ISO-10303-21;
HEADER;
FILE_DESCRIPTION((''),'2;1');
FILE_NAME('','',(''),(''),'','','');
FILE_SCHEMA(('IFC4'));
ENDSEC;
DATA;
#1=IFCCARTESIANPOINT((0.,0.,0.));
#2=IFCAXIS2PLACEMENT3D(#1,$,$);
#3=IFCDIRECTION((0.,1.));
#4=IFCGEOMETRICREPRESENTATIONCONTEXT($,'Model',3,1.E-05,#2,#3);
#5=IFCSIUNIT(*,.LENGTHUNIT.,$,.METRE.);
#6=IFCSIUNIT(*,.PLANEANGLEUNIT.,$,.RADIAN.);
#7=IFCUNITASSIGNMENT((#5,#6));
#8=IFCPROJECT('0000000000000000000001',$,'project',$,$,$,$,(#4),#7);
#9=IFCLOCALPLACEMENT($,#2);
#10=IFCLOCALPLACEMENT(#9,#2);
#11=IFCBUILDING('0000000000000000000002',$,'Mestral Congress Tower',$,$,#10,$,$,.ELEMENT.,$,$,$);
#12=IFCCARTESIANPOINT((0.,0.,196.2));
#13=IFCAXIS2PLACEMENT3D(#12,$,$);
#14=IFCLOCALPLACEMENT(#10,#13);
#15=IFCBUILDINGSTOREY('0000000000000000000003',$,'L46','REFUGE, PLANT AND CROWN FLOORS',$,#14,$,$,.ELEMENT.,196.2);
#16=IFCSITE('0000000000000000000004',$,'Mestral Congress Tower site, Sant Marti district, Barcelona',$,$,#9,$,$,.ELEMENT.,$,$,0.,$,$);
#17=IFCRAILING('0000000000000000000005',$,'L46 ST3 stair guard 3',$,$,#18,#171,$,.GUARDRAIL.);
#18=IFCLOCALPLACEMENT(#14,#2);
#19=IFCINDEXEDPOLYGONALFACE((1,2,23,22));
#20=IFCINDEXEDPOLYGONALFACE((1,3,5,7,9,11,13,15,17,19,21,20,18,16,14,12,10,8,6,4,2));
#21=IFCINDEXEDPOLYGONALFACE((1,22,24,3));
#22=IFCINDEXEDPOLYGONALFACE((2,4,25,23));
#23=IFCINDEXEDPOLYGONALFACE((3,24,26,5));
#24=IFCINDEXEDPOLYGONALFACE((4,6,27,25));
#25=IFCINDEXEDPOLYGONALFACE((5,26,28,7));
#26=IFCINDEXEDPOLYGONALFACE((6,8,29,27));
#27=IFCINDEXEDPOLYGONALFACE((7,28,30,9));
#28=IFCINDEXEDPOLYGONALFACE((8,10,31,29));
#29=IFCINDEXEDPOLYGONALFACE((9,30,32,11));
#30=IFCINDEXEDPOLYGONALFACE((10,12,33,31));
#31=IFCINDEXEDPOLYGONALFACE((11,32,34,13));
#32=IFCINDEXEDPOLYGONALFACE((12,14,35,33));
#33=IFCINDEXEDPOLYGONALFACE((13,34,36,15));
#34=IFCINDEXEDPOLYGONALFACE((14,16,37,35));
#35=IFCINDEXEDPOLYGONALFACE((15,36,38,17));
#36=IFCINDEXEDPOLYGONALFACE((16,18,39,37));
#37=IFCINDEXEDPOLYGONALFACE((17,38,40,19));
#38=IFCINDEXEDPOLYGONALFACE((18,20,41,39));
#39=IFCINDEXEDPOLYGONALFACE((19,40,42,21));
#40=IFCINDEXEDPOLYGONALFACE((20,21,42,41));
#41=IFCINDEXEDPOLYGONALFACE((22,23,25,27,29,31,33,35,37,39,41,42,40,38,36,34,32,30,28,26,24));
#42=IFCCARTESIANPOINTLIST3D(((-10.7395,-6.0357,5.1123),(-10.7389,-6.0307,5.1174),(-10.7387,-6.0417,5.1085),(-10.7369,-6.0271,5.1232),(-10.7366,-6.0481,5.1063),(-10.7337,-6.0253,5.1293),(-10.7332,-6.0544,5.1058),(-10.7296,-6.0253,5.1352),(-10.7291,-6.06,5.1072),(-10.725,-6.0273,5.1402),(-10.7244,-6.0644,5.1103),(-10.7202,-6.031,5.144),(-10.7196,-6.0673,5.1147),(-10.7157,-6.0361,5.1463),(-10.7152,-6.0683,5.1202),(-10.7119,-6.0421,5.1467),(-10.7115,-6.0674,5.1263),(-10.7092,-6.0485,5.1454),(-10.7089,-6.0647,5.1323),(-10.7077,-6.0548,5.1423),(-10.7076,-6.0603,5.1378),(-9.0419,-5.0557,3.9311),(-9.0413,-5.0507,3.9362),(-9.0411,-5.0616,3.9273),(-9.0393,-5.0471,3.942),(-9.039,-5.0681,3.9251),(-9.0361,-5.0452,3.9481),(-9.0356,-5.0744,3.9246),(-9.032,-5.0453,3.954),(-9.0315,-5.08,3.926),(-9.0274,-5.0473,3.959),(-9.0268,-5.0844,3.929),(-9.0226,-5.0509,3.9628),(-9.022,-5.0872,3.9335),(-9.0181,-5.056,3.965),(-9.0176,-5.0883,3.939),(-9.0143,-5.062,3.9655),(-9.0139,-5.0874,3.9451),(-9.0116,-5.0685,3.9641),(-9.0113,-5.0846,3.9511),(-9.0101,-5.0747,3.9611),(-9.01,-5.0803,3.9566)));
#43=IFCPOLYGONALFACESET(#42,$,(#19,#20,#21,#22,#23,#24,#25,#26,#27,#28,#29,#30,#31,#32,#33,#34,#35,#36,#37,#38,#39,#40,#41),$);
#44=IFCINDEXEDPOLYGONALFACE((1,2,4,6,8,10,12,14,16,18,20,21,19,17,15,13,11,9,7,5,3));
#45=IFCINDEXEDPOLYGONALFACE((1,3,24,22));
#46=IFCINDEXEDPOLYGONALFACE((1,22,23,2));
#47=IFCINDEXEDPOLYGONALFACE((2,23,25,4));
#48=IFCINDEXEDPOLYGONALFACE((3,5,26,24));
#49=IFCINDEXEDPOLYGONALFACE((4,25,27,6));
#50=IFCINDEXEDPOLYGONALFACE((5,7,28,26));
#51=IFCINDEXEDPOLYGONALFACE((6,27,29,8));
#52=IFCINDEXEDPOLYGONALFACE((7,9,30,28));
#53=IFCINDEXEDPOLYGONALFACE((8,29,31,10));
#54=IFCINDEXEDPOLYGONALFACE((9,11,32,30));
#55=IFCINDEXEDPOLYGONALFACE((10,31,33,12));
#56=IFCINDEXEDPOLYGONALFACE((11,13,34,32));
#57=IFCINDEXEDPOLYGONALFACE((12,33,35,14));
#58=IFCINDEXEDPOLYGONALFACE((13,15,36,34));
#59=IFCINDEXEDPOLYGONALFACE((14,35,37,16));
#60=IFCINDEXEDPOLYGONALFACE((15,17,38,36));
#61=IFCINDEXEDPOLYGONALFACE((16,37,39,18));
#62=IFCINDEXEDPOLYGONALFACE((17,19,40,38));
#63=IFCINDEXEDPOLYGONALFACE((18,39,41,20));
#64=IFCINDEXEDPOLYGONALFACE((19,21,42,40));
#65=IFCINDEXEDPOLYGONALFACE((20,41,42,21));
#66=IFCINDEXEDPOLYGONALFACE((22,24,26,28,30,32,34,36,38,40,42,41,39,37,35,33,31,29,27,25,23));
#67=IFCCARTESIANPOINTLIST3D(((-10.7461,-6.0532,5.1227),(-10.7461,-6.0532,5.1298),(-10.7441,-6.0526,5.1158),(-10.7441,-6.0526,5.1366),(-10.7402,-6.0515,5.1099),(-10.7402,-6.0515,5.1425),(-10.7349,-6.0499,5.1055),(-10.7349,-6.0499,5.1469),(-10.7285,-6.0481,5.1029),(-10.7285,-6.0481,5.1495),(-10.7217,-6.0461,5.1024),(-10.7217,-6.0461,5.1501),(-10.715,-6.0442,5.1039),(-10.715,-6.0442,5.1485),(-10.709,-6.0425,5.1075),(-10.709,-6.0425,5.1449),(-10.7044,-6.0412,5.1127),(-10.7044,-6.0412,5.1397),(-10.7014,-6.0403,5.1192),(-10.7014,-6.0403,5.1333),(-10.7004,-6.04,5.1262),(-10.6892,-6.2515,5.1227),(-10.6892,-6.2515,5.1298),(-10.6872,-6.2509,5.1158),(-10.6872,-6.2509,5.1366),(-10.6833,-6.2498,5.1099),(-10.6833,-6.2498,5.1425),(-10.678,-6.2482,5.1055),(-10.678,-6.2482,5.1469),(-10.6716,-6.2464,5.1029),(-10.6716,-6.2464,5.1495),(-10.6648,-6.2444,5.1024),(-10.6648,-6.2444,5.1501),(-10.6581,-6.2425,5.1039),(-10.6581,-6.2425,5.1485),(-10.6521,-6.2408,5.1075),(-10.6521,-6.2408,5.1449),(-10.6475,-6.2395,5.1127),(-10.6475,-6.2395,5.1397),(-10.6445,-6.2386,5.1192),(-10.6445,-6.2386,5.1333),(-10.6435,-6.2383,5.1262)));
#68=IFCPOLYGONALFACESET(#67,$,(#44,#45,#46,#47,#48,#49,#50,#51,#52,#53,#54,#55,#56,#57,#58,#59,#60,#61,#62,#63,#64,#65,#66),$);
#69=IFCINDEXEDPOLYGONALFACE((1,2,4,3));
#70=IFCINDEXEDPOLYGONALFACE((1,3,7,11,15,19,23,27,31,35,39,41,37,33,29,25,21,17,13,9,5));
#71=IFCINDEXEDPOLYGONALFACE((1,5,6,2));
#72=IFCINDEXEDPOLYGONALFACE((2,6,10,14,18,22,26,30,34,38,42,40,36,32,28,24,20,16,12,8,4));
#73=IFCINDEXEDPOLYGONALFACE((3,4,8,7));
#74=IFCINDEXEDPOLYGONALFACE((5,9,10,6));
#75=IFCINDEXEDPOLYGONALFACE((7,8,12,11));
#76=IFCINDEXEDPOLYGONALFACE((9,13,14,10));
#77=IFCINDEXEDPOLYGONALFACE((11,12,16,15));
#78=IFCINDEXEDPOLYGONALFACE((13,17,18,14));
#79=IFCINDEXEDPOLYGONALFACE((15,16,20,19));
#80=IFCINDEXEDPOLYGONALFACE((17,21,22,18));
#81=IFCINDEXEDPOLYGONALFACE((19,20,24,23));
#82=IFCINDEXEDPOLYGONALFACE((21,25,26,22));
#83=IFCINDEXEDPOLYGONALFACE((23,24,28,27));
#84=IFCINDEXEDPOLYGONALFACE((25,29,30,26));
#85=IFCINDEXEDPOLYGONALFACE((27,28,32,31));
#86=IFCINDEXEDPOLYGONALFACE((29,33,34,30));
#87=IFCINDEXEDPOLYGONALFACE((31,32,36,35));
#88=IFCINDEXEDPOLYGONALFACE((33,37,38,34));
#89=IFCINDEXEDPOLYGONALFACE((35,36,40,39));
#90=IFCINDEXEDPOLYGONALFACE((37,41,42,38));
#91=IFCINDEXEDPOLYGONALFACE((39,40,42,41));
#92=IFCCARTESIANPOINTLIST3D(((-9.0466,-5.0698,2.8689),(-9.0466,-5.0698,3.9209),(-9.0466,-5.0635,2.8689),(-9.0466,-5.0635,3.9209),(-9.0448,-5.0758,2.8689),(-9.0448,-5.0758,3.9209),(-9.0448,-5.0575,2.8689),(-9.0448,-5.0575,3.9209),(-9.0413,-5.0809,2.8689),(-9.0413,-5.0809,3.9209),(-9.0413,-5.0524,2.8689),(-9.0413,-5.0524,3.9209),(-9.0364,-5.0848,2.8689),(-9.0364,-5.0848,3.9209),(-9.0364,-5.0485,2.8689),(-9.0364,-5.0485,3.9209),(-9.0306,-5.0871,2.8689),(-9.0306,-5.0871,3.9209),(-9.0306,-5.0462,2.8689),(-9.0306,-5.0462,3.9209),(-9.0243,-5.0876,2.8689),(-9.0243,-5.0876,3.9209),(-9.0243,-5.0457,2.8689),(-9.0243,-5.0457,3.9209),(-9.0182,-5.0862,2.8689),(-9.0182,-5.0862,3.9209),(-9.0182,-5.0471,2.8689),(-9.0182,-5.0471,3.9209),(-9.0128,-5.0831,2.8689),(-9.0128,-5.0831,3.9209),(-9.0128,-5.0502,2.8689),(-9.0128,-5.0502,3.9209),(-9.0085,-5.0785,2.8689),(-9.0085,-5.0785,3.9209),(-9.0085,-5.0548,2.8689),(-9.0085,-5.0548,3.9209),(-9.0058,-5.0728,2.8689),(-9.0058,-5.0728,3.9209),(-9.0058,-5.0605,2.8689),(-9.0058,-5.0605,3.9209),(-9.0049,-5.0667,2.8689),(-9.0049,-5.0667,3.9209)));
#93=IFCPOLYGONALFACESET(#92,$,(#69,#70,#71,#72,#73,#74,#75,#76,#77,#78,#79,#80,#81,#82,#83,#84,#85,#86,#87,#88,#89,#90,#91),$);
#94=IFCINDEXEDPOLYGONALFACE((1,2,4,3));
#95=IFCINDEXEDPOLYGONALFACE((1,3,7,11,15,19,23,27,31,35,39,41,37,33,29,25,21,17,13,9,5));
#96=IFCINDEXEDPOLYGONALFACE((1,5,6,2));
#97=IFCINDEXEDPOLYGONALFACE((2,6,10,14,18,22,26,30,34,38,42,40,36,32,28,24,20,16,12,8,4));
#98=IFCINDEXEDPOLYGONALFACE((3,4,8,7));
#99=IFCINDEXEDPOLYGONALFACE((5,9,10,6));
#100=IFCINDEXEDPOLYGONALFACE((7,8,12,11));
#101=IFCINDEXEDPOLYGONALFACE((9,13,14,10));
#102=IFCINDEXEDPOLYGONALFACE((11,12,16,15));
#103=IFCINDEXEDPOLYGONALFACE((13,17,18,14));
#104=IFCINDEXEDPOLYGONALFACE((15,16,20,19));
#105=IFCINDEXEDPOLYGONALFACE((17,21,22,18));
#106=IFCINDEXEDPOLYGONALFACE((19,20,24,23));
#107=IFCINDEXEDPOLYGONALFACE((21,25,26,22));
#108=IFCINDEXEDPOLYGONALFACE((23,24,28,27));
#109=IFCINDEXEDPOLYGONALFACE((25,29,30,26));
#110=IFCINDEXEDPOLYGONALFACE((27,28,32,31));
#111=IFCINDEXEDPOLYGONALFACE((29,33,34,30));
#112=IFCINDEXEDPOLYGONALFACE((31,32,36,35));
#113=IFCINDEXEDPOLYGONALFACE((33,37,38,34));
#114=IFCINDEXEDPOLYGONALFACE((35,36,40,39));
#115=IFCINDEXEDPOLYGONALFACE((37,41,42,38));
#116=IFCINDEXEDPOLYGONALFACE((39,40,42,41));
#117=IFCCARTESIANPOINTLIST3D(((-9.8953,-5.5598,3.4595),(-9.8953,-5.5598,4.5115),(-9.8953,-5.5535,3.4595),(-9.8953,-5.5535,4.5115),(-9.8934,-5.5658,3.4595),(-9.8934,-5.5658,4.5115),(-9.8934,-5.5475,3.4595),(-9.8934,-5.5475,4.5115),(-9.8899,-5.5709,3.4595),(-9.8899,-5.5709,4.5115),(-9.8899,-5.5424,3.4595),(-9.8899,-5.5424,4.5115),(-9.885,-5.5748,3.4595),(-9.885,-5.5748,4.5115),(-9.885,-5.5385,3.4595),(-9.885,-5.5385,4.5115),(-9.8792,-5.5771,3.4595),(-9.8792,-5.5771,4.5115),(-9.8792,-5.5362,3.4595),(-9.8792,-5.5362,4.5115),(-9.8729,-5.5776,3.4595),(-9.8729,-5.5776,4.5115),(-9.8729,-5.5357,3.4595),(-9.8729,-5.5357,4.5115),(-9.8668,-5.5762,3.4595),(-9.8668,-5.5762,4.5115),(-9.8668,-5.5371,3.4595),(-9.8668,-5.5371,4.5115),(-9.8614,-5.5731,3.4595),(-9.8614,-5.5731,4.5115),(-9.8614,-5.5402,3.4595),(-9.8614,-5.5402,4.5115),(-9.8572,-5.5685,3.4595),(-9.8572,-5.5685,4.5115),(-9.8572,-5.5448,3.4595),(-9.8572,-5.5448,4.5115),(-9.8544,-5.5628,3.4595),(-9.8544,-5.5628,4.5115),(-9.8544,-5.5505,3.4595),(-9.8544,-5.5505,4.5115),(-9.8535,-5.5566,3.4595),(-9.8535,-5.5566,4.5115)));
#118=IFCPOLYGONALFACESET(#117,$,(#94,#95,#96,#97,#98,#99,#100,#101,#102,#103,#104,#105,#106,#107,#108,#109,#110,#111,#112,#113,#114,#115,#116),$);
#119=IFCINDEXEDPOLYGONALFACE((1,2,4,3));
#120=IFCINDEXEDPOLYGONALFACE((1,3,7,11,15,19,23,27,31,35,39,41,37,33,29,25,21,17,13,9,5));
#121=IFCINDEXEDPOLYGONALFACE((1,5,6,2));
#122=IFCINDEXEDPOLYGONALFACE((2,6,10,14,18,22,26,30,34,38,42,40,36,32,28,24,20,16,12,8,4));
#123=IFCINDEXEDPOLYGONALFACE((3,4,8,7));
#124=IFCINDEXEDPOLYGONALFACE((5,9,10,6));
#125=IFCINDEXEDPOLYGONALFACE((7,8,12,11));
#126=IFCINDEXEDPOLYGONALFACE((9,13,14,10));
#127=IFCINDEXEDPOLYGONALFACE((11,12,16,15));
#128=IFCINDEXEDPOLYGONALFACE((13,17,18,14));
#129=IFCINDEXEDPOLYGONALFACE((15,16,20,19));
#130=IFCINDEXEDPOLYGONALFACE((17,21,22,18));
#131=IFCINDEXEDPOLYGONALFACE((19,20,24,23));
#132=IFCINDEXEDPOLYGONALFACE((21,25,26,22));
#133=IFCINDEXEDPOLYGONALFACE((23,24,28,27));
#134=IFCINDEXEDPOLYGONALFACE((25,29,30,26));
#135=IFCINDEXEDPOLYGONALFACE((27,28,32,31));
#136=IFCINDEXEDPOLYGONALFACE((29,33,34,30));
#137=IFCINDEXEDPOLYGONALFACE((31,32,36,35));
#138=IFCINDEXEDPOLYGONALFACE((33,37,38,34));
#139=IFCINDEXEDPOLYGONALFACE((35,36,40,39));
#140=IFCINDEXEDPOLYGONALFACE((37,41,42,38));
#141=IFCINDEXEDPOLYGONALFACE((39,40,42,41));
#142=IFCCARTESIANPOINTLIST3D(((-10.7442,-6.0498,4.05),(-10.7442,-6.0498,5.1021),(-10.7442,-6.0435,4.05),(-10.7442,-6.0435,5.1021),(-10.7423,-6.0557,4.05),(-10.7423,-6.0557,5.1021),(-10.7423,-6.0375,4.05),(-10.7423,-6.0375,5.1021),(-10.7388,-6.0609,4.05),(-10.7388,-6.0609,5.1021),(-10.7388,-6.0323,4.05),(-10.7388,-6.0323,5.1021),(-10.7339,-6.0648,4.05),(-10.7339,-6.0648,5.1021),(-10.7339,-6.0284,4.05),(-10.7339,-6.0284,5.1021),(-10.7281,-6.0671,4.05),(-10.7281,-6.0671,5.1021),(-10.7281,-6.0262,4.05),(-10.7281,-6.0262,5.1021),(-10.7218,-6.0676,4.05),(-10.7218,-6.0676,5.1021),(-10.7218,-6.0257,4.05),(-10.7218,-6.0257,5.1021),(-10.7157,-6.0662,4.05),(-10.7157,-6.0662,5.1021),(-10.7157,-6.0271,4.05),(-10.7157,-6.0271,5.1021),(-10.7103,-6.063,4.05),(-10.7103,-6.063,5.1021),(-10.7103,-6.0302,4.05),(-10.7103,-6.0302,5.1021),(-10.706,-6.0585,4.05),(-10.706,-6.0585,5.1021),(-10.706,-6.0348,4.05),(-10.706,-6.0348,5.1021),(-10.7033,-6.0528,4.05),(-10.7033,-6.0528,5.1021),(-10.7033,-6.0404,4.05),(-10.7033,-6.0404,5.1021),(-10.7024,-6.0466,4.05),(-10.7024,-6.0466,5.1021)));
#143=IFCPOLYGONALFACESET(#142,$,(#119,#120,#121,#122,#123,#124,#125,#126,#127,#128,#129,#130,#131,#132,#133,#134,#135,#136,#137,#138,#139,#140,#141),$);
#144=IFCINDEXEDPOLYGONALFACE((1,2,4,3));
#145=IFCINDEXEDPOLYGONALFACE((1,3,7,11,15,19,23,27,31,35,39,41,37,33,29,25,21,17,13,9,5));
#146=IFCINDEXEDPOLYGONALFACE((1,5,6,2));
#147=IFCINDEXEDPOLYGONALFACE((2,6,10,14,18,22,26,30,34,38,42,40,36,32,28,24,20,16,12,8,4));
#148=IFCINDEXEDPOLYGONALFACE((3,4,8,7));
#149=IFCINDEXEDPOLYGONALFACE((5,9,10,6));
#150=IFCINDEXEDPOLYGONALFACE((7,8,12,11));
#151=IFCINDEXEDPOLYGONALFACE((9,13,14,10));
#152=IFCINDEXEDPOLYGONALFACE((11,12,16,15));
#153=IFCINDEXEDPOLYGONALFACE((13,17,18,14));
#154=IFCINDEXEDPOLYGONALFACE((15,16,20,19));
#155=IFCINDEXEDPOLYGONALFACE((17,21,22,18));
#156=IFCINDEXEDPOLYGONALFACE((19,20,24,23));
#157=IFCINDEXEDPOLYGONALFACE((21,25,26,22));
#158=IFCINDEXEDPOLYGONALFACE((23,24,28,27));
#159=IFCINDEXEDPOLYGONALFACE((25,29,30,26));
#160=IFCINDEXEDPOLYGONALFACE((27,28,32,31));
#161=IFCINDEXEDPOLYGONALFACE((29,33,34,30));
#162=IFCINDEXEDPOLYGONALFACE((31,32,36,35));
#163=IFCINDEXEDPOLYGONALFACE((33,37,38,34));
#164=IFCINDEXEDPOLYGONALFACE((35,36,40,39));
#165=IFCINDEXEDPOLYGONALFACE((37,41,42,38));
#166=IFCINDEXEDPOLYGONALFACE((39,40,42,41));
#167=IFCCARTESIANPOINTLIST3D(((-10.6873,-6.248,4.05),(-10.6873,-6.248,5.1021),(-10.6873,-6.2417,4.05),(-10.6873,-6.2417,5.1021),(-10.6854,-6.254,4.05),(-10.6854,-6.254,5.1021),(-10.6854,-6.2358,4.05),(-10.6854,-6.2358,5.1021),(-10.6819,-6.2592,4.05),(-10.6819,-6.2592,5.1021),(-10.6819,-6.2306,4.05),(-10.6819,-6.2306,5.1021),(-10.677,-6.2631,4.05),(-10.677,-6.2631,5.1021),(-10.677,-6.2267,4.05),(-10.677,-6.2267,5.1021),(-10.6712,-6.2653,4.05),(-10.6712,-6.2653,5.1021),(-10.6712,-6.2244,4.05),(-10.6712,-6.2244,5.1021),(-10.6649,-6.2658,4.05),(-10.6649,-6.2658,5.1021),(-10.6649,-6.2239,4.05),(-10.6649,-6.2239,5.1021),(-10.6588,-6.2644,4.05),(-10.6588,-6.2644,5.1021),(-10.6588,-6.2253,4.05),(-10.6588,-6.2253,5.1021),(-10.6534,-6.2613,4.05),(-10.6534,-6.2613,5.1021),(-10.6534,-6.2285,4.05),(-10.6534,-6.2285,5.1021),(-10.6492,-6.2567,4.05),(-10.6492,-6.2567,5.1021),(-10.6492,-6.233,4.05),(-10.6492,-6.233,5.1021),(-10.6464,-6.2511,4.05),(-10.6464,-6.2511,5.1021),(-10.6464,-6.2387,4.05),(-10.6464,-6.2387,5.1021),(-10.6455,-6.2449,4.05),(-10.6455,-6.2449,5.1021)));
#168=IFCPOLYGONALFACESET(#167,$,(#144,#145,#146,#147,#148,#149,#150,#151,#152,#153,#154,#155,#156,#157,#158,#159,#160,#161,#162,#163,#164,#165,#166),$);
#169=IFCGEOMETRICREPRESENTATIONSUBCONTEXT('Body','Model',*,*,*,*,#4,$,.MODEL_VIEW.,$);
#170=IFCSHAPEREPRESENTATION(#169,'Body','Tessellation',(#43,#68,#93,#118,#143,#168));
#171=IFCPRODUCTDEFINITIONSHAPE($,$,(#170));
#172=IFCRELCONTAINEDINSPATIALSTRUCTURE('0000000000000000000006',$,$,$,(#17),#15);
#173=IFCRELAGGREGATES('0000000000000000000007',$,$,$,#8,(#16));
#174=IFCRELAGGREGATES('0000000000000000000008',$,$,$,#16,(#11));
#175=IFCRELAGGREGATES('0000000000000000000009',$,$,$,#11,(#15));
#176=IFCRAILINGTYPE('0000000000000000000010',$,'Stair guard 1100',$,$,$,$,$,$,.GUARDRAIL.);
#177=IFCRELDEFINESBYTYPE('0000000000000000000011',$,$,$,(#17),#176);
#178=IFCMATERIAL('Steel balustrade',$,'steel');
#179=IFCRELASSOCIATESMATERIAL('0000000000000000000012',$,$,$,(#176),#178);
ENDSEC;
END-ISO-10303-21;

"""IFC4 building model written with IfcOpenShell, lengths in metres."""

from ifc_helpers import new_model, si_unit, direction, frame, origin, origin_2d, place, context, subcontext, project, spatial, circle, extrude, material, type_object, element, save


model = new_model("IFC4")

# Units and contexts
model_context = context("Model", 3, precision=1e-05, world=origin(), true_north=direction((0.0, 1.0)))
body_context = subcontext(model_context, "Body", "Model", "MODEL_VIEW")
ifc_project = project(units=[si_unit("LENGTHUNIT", "METRE"), si_unit("PLANEANGLEUNIT", "RADIAN")], contexts=[model_context])

# Site, building, storey
site_placement = place(None, origin())
site = spatial("IfcSite", under=ifc_project, at=site_placement, Name="Mestral Congress Tower site, Sant Marti district, Barcelona", CompositionType="ELEMENT", RefElevation=0.0)
building_placement = place(site_placement, origin())
building = spatial("IfcBuilding", under=site, at=building_placement, Name="Mestral Congress Tower", CompositionType="ELEMENT")
storey_placement = place(building_placement, frame((0.0, 0.0, 196.2)))
storey = spatial("IfcBuildingStorey", under=building, at=storey_placement, Name="L46", Description="REFUGE, PLANT AND CROWN FLOORS", CompositionType="ELEMENT", Elevation=196.2)

# Railing
ifc_material_1 = material(Name="Steel balustrade", Category="steel")
railing_type = type_object("IfcRailingType", Name="Stair guard 1100", PredefinedType="GUARDRAIL", material=ifc_material_1)
railing_1_placement = place(storey_placement, frame((-9.0259, -5.0667, 2.8689)))
element("IfcRailing", 1, at=railing_1_placement, inside=storey, type_object=railing_type, Name="L46 ST3 stair guard 3", PredefinedType="GUARDRAIL", context=body_context, shape_type="SweptSolid", body=[
    extrude(circle(Radius=0.0239, at=origin_2d()), frame((0.0, 0.0, 1.0762), z_axis=(-0.741771, -0.428228, 0.516135), x_axis=(0.49997, -0.866042, 0.0)), (0.0, 0.0, 1.0), 2.2886),
    extrude(circle(Radius=0.0239, at=origin_2d()), frame((-1.6975, -0.98, 2.2573), z_axis=(0.275815, -0.961211, 0.0), x_axis=(0.961211, 0.275815, 0.0)), (0.0, 0.0, 1.0), 0.2063),
    extrude(circle(Radius=0.021, at=origin_2d()), origin(), (0.0, 0.0, 1.0), 1.052),
    extrude(circle(Radius=0.021, at=origin_2d()), frame((-0.8486, -0.49, 0.5906)), (0.0, 0.0, 1.0), 1.052),
    extrude(circle(Radius=0.021, at=origin_2d()), frame((-1.6975, -0.98, 1.1812)), (0.0, 0.0, 1.0), 1.052),
    extrude(circle(Radius=0.021, at=origin_2d()), frame((-1.6406, -1.1782, 1.1812)), (0.0, 0.0, 1.0), 1.052),
])

save(model, "model.ifc")
